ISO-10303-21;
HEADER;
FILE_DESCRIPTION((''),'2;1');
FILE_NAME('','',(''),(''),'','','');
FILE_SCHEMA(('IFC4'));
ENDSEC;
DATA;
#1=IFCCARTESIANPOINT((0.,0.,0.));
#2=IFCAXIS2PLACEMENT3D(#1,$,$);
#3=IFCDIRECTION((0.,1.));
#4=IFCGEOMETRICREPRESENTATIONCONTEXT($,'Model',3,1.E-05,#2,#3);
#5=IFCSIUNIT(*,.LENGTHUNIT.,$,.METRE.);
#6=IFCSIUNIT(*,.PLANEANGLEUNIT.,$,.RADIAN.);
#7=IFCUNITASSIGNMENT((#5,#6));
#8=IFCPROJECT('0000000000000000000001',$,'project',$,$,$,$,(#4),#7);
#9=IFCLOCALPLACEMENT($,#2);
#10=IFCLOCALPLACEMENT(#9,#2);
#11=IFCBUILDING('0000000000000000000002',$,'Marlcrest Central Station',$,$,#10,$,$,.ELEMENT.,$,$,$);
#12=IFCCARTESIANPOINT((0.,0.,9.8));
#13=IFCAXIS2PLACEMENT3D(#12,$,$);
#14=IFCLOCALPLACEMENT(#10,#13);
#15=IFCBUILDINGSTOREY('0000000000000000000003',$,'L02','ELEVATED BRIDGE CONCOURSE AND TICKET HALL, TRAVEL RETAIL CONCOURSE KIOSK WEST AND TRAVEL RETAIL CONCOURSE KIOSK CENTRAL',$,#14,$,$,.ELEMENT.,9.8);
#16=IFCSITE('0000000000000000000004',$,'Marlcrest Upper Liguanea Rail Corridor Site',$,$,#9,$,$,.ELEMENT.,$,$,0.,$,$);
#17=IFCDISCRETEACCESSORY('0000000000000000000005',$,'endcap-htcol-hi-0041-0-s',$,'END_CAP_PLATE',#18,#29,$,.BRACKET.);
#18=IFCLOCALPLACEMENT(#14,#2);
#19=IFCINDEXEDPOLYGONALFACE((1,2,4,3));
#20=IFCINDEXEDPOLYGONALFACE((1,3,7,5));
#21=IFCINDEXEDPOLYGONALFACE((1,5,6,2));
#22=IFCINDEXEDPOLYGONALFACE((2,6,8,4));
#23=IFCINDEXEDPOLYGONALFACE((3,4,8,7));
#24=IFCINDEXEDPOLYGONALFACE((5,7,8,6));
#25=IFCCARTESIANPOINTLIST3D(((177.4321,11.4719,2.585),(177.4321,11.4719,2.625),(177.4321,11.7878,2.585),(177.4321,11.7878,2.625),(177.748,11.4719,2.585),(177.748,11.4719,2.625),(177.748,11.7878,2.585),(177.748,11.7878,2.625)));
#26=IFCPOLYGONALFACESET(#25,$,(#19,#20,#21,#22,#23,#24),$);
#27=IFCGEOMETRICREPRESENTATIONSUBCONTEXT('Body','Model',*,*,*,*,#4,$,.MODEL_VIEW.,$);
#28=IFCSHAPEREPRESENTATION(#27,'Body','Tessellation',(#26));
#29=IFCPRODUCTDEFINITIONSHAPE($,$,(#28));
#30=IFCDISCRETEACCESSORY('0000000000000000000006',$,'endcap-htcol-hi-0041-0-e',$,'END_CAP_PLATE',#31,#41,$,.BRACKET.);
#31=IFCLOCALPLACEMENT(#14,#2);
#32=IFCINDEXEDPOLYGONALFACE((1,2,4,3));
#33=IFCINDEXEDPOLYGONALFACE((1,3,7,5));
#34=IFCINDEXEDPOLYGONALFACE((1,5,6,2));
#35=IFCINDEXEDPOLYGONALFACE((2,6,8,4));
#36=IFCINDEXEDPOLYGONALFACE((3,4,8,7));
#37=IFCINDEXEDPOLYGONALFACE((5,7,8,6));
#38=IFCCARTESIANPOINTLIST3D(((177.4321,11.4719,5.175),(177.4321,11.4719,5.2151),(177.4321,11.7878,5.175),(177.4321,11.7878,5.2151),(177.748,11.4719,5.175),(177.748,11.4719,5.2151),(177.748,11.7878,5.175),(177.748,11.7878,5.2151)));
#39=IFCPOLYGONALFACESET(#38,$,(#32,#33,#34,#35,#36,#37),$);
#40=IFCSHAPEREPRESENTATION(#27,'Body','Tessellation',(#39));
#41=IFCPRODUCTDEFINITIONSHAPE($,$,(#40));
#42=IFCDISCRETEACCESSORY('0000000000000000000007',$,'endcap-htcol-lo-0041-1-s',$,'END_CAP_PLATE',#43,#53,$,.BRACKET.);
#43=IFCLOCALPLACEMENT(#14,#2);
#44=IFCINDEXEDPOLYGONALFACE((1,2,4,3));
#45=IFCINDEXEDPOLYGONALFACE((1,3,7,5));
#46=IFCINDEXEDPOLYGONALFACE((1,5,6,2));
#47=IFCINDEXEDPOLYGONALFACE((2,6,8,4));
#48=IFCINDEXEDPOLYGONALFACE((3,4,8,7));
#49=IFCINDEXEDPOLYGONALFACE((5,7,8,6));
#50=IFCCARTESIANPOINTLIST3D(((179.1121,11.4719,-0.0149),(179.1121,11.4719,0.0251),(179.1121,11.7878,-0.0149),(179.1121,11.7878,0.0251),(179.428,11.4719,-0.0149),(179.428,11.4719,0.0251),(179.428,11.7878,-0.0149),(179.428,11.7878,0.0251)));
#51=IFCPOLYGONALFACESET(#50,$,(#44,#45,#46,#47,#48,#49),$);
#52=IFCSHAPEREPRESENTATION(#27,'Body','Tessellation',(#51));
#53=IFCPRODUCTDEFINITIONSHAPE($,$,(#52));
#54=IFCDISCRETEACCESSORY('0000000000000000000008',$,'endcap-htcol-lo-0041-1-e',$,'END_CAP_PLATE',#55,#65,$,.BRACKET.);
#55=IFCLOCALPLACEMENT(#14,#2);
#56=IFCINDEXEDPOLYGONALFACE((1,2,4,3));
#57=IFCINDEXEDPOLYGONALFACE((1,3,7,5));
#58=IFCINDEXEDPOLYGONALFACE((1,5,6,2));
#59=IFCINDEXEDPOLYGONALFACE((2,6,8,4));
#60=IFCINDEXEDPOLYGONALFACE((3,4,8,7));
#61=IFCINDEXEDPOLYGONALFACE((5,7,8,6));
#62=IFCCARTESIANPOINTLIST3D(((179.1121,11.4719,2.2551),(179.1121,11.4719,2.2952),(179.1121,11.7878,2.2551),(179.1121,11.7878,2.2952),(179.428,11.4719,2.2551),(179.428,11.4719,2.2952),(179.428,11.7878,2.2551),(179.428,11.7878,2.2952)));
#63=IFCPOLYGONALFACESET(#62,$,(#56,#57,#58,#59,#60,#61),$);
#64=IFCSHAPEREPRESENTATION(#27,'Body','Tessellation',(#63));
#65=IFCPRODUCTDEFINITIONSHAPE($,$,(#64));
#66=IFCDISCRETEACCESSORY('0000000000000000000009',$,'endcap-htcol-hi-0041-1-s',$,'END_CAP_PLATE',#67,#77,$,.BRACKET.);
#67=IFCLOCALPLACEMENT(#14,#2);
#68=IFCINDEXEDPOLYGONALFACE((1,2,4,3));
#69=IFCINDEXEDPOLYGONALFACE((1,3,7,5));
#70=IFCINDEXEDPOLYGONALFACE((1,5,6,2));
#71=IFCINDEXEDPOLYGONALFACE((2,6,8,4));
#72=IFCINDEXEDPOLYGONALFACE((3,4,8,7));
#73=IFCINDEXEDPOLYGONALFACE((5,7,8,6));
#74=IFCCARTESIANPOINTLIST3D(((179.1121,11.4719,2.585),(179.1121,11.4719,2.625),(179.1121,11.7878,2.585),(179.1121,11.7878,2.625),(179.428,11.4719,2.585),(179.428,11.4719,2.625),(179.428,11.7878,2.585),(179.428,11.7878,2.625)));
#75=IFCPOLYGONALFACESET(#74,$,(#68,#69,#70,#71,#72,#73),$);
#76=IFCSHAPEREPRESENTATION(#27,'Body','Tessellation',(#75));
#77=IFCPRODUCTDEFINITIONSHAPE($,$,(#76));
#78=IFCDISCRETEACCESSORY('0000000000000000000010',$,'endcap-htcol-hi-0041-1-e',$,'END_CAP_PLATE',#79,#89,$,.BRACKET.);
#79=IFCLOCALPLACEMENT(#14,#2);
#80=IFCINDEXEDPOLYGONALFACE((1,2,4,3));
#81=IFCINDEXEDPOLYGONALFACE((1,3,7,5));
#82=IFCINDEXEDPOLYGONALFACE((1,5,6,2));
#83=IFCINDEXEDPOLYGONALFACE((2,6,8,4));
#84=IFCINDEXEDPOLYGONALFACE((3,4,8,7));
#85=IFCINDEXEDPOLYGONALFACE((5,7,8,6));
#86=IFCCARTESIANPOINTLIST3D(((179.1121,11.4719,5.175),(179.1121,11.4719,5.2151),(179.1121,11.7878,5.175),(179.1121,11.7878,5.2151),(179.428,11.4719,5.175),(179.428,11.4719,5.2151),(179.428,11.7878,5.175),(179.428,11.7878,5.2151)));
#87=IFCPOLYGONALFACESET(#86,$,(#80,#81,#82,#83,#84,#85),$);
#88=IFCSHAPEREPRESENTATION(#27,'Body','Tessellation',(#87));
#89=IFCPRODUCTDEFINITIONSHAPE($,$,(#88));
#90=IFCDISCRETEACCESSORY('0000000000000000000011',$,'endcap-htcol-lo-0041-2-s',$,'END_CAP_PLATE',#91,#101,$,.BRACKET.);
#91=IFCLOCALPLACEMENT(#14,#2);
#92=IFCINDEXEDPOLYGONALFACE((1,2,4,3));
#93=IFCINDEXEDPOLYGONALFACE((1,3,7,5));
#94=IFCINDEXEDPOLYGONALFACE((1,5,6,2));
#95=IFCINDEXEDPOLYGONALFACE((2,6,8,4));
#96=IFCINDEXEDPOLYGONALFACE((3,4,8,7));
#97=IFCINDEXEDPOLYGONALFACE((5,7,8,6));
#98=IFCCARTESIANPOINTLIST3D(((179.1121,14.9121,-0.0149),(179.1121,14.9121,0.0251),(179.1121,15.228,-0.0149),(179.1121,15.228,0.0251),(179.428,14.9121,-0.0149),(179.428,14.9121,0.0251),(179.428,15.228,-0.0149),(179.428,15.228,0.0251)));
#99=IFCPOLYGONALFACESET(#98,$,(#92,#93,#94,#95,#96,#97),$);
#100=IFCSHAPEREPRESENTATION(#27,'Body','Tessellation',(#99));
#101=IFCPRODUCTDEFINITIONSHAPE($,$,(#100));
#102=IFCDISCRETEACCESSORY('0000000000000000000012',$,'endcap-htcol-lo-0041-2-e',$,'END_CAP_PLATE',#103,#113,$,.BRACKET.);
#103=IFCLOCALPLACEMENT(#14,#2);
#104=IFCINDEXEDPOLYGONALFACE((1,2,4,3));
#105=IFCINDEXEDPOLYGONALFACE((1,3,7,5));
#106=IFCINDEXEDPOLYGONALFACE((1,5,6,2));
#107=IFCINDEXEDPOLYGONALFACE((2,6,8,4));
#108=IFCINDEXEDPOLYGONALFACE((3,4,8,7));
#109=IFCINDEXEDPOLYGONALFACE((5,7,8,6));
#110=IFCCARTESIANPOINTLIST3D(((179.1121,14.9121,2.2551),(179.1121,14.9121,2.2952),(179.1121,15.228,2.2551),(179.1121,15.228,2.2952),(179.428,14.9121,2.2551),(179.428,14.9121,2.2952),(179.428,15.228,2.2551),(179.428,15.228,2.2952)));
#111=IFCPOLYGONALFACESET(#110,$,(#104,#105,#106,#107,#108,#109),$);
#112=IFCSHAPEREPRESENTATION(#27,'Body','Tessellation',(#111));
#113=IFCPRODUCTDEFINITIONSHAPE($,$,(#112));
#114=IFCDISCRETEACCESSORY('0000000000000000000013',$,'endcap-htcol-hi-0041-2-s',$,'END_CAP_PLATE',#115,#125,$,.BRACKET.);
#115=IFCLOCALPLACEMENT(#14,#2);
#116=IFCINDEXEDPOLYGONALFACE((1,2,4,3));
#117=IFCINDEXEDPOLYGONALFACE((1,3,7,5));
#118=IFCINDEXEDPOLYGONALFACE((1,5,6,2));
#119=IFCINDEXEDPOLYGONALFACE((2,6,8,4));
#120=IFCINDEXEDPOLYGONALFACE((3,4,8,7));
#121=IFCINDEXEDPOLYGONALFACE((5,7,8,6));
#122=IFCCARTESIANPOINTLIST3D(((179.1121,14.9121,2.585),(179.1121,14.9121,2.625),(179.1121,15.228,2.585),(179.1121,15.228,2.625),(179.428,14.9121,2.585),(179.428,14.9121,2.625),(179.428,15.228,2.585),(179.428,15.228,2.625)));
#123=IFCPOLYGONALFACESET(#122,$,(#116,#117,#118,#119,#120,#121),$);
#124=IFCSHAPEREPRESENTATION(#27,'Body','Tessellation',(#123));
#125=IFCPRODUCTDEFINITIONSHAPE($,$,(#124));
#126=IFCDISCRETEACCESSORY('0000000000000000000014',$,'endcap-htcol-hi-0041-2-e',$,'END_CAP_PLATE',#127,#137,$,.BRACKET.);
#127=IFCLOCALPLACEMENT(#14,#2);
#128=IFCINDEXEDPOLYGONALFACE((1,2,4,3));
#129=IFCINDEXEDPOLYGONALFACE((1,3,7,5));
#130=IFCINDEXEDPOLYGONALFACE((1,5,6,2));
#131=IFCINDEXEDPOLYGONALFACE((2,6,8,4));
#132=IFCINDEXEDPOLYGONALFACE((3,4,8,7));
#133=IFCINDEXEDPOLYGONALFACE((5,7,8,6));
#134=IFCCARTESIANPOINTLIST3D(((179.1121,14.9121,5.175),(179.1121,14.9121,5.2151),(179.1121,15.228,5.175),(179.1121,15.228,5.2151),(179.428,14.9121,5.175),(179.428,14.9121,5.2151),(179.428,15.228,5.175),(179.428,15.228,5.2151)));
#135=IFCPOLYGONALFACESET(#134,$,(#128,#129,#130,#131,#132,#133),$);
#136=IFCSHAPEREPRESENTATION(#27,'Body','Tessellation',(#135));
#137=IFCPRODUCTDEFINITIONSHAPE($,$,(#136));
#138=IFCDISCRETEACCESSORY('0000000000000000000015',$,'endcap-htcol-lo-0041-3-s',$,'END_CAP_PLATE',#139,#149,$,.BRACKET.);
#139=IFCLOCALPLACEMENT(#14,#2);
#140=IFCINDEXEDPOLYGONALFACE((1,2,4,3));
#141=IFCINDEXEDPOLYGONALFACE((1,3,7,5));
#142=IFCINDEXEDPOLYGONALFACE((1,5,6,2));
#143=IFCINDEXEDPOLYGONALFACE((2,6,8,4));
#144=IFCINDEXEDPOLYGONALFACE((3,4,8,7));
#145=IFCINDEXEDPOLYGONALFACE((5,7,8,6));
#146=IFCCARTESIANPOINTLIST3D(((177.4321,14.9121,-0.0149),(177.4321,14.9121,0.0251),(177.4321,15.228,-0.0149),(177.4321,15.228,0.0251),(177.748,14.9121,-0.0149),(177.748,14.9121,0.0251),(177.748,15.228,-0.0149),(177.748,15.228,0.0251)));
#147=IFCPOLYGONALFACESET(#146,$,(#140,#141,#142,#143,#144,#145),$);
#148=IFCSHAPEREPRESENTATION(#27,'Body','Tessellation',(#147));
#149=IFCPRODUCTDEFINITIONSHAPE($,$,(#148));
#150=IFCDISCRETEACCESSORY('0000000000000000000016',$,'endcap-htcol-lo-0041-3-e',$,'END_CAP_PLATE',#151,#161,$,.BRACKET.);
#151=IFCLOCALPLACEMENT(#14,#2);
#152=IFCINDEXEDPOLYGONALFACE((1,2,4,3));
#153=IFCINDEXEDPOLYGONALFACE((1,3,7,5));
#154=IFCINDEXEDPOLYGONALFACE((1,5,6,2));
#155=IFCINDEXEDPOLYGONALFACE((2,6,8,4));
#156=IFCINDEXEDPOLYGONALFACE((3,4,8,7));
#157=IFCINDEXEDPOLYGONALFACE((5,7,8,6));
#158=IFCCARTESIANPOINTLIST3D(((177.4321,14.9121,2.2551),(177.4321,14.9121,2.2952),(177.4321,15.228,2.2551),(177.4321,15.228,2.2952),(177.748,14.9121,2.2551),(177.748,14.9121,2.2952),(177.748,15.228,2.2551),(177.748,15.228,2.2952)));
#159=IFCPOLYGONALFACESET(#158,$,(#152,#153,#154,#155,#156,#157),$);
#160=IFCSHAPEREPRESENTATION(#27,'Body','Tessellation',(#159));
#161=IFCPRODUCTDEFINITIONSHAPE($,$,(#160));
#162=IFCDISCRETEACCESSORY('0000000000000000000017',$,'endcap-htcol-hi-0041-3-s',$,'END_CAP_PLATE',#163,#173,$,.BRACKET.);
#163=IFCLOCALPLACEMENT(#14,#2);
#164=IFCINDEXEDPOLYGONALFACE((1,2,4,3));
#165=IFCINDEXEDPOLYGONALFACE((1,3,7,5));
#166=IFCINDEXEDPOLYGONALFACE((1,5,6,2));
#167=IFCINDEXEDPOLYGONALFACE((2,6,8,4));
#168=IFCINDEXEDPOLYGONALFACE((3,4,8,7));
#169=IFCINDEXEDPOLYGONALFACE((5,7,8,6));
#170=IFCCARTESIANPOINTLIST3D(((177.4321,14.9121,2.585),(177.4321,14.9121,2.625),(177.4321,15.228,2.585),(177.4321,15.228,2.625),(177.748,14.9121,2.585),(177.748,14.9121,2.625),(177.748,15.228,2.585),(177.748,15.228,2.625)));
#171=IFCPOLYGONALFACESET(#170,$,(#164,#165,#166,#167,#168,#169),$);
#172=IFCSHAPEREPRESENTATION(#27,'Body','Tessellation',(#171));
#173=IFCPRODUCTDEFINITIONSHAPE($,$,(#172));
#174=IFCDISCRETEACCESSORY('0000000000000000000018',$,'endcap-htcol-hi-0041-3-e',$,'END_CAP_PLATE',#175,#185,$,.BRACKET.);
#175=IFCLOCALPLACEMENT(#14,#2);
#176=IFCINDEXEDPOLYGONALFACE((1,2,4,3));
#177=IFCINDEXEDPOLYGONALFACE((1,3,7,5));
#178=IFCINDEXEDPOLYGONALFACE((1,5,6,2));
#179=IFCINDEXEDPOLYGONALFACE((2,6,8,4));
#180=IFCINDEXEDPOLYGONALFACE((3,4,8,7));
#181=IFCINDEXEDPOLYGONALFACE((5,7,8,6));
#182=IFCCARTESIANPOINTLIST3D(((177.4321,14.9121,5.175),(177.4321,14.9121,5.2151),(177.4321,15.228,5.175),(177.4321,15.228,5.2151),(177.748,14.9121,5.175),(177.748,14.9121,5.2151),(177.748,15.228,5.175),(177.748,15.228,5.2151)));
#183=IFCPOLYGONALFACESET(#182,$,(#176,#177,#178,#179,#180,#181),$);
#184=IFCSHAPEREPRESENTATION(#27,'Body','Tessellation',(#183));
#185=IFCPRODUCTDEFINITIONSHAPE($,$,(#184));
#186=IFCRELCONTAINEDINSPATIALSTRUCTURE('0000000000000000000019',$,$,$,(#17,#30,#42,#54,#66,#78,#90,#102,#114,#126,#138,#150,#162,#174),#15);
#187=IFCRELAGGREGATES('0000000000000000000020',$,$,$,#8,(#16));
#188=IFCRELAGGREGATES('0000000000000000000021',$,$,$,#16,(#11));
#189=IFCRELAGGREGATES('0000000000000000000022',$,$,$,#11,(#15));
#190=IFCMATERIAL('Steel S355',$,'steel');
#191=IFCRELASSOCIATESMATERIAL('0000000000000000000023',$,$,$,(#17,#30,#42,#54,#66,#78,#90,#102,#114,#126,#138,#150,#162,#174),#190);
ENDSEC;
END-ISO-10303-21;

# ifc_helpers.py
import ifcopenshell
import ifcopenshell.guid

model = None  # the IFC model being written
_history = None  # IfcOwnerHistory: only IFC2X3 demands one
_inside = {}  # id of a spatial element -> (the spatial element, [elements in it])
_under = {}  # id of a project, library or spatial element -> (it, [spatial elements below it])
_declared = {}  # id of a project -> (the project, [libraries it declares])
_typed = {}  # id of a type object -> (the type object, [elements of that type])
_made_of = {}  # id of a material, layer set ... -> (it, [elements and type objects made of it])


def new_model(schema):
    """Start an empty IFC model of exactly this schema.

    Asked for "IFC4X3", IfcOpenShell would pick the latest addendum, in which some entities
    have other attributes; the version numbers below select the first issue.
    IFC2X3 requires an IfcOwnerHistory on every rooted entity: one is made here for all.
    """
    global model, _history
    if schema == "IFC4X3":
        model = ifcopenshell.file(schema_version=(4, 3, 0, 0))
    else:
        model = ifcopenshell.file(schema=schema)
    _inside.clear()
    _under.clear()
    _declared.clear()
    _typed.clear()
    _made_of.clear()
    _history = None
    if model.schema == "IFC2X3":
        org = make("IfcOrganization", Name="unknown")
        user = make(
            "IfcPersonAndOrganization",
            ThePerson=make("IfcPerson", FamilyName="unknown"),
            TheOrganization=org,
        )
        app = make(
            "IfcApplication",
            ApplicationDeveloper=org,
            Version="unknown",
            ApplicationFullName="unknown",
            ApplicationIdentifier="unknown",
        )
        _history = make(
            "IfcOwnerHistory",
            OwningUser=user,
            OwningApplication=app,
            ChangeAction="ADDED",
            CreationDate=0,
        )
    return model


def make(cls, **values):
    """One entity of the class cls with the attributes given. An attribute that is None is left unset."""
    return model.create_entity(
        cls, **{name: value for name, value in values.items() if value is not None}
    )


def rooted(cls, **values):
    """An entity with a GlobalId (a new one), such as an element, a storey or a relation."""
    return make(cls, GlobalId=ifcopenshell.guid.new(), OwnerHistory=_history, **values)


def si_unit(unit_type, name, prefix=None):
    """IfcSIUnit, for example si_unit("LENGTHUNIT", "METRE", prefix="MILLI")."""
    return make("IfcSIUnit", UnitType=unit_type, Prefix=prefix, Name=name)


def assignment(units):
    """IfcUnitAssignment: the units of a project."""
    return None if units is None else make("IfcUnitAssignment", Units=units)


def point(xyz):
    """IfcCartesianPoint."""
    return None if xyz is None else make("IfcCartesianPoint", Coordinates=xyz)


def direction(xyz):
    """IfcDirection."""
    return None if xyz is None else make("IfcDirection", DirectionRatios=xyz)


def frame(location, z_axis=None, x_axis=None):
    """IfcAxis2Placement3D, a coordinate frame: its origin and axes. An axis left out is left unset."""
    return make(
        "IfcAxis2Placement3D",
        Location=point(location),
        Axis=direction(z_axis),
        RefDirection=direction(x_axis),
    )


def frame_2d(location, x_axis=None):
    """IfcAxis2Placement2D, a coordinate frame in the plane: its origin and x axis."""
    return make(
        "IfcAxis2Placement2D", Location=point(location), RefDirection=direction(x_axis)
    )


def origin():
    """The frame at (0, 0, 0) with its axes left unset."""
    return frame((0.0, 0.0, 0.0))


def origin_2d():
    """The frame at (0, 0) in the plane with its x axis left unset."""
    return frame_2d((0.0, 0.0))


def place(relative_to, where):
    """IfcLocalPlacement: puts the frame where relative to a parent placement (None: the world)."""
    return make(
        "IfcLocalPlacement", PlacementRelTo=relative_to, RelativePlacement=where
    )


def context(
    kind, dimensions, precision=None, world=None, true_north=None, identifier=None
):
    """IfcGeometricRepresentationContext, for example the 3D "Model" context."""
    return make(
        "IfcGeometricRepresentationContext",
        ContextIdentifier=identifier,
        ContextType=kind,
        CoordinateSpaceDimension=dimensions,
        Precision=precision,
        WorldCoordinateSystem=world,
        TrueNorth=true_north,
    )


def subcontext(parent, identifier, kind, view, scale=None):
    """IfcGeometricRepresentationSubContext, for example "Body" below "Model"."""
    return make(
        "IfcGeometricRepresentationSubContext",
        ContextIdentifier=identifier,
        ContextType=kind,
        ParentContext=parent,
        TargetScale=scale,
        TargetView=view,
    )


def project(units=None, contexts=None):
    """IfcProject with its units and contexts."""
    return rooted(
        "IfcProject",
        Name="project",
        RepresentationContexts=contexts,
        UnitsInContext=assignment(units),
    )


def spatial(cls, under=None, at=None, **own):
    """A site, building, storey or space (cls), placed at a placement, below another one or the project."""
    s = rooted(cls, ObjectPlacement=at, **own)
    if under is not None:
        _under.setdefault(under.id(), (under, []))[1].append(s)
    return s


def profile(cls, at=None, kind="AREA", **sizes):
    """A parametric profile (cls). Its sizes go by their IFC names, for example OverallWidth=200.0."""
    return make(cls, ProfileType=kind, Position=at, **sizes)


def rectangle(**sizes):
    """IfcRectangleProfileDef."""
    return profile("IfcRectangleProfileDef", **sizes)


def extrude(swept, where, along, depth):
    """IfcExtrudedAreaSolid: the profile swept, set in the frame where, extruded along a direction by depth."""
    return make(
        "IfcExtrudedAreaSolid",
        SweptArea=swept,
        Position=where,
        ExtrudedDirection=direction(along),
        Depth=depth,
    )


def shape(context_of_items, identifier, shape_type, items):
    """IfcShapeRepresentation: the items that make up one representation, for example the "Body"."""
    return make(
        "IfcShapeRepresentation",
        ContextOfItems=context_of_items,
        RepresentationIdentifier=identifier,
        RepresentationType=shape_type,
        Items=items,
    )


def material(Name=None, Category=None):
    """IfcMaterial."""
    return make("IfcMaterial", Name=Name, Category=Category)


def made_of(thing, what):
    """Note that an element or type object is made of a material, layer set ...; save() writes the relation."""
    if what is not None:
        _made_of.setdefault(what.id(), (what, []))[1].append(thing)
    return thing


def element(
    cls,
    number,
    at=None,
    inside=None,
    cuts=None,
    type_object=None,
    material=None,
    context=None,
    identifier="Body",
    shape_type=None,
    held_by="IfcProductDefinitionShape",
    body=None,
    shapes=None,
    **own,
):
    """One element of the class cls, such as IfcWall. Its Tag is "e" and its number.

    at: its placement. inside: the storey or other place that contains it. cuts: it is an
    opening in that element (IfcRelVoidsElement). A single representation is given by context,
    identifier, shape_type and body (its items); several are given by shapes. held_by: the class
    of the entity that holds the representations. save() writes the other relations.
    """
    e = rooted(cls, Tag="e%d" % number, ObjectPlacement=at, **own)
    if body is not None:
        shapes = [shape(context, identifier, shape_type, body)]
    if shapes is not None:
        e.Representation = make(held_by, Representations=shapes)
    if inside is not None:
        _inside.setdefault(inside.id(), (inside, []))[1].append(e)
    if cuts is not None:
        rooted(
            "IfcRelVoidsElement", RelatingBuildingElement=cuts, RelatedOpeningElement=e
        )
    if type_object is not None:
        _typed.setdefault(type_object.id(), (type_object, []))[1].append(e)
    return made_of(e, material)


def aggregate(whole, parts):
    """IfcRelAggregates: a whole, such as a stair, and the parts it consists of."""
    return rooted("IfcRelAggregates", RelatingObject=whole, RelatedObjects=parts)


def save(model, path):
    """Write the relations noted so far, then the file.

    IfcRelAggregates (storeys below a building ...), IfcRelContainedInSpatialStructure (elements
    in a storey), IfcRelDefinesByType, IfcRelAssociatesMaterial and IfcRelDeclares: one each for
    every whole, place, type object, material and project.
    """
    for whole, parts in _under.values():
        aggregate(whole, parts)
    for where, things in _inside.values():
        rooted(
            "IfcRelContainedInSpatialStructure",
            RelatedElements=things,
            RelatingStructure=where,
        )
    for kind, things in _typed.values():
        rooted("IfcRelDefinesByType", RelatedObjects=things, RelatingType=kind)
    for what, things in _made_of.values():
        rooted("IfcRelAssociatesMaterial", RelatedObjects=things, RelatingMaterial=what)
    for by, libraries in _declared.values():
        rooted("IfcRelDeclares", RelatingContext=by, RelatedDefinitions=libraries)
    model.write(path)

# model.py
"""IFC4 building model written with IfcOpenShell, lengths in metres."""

from ifc_helpers import new_model, si_unit, direction, frame, origin, origin_2d, place, context, subcontext, project, spatial, rectangle, extrude, material, element, save


model = new_model("IFC4")

# Units and contexts
model_context = context("Model", 3, precision=1e-05, world=origin(), true_north=direction((0.0, 1.0)))
body_context = subcontext(model_context, "Body", "Model", "MODEL_VIEW")
ifc_project = project(units=[si_unit("LENGTHUNIT", "METRE"), si_unit("PLANEANGLEUNIT", "RADIAN")], contexts=[model_context])

# Site, building, storey
site_placement = place(None, origin())
site = spatial("IfcSite", under=ifc_project, at=site_placement, Name="Marlcrest Upper Liguanea Rail Corridor Site", CompositionType="ELEMENT", RefElevation=0.0)
building_placement = place(site_placement, origin())
building = spatial("IfcBuilding", under=site, at=building_placement, Name="Marlcrest Central Station", CompositionType="ELEMENT")
storey_placement = place(building_placement, frame((0.0, 0.0, 9.8)))
storey = spatial("IfcBuildingStorey", under=building, at=storey_placement, Name="L02", Description="ELEVATED BRIDGE CONCOURSE AND TICKET HALL, TRAVEL RETAIL CONCOURSE KIOSK WEST AND TRAVEL RETAIL CONCOURSE KIOSK CENTRAL", CompositionType="ELEMENT", Elevation=9.8)

# Shared definitions
ifc_material_1 = material(Name="Steel S355", Category="steel")

# Discrete accessories
for number, where, z_axis, x_axis, name in (
    (1, (177.5901, 11.6299, 2.585), (0.0, 0.0, 1.0), (1.0, 0.0, 0.0), "endcap-htcol-hi-0041-0-s"),
    (2, (177.5901, 11.6299, 5.175), (0.0, 0.0, 1.0), (1.0, 0.0, 0.0), "endcap-htcol-hi-0041-0-e"),
    (3, (179.27, 11.6299, -0.0149), (0.0, 0.0, 1.0), (1.0, 0.0, 0.0), "endcap-htcol-lo-0041-1-s"),
    (4, (179.27, 11.6299, 2.2551), (0.0, 0.0, 1.0), (1.0, 0.0, 0.0), "endcap-htcol-lo-0041-1-e"),
    (5, (179.27, 11.6299, 2.585), (0.0, 0.0, 1.0), (1.0, 0.0, 0.0), "endcap-htcol-hi-0041-1-s"),
    (6, (179.27, 11.6299, 5.175), (0.0, 0.0, 1.0), (1.0, 0.0, 0.0), "endcap-htcol-hi-0041-1-e"),
    (7, (179.27, 15.0701, -0.0149), (0.0, 0.0, 1.0), (1.0, 0.0, 0.0), "endcap-htcol-lo-0041-2-s"),
    (8, (179.27, 15.0701, 2.2551), (0.0, 0.0, 1.0), (1.0, 0.0, 0.0), "endcap-htcol-lo-0041-2-e"),
    (9, (179.27, 15.0701, 2.585), (0.0, 0.0, 1.0), (1.0, 0.0, 0.0), "endcap-htcol-hi-0041-2-s"),
    (10, (179.27, 15.0701, 5.175), (0.0, 0.0, 1.0), (1.0, 0.0, 0.0), "endcap-htcol-hi-0041-2-e"),
    (11, (177.5901, 15.0701, -0.0149), (0.0, 0.0, 1.0), (1.0, 0.0, 0.0), "endcap-htcol-lo-0041-3-s"),
    (12, (177.5901, 15.0701, 2.2551), (0.0, 0.0, 1.0), (1.0, 0.0, 0.0), "endcap-htcol-lo-0041-3-e"),
    (13, (177.5901, 15.0701, 2.585), (0.0, 0.0, 1.0), (1.0, 0.0, 0.0), "endcap-htcol-hi-0041-3-s"),
    (14, (177.5901, 15.0701, 5.175), (0.0, 0.0, 1.0), (1.0, 0.0, 0.0), "endcap-htcol-hi-0041-3-e"),
):
    element("IfcDiscreteAccessory", number, at=place(storey_placement, frame(where, z_axis=z_axis, x_axis=x_axis)), inside=storey, material=ifc_material_1, Name=name, ObjectType="END_CAP_PLATE", PredefinedType="BRACKET", context=body_context, shape_type="SweptSolid", body=[
        extrude(rectangle(XDim=0.3159, YDim=0.3159, at=origin_2d()), origin(), (0.0, 0.0, 1.0), 0.04),
    ])

save(model, "model.ifc")
